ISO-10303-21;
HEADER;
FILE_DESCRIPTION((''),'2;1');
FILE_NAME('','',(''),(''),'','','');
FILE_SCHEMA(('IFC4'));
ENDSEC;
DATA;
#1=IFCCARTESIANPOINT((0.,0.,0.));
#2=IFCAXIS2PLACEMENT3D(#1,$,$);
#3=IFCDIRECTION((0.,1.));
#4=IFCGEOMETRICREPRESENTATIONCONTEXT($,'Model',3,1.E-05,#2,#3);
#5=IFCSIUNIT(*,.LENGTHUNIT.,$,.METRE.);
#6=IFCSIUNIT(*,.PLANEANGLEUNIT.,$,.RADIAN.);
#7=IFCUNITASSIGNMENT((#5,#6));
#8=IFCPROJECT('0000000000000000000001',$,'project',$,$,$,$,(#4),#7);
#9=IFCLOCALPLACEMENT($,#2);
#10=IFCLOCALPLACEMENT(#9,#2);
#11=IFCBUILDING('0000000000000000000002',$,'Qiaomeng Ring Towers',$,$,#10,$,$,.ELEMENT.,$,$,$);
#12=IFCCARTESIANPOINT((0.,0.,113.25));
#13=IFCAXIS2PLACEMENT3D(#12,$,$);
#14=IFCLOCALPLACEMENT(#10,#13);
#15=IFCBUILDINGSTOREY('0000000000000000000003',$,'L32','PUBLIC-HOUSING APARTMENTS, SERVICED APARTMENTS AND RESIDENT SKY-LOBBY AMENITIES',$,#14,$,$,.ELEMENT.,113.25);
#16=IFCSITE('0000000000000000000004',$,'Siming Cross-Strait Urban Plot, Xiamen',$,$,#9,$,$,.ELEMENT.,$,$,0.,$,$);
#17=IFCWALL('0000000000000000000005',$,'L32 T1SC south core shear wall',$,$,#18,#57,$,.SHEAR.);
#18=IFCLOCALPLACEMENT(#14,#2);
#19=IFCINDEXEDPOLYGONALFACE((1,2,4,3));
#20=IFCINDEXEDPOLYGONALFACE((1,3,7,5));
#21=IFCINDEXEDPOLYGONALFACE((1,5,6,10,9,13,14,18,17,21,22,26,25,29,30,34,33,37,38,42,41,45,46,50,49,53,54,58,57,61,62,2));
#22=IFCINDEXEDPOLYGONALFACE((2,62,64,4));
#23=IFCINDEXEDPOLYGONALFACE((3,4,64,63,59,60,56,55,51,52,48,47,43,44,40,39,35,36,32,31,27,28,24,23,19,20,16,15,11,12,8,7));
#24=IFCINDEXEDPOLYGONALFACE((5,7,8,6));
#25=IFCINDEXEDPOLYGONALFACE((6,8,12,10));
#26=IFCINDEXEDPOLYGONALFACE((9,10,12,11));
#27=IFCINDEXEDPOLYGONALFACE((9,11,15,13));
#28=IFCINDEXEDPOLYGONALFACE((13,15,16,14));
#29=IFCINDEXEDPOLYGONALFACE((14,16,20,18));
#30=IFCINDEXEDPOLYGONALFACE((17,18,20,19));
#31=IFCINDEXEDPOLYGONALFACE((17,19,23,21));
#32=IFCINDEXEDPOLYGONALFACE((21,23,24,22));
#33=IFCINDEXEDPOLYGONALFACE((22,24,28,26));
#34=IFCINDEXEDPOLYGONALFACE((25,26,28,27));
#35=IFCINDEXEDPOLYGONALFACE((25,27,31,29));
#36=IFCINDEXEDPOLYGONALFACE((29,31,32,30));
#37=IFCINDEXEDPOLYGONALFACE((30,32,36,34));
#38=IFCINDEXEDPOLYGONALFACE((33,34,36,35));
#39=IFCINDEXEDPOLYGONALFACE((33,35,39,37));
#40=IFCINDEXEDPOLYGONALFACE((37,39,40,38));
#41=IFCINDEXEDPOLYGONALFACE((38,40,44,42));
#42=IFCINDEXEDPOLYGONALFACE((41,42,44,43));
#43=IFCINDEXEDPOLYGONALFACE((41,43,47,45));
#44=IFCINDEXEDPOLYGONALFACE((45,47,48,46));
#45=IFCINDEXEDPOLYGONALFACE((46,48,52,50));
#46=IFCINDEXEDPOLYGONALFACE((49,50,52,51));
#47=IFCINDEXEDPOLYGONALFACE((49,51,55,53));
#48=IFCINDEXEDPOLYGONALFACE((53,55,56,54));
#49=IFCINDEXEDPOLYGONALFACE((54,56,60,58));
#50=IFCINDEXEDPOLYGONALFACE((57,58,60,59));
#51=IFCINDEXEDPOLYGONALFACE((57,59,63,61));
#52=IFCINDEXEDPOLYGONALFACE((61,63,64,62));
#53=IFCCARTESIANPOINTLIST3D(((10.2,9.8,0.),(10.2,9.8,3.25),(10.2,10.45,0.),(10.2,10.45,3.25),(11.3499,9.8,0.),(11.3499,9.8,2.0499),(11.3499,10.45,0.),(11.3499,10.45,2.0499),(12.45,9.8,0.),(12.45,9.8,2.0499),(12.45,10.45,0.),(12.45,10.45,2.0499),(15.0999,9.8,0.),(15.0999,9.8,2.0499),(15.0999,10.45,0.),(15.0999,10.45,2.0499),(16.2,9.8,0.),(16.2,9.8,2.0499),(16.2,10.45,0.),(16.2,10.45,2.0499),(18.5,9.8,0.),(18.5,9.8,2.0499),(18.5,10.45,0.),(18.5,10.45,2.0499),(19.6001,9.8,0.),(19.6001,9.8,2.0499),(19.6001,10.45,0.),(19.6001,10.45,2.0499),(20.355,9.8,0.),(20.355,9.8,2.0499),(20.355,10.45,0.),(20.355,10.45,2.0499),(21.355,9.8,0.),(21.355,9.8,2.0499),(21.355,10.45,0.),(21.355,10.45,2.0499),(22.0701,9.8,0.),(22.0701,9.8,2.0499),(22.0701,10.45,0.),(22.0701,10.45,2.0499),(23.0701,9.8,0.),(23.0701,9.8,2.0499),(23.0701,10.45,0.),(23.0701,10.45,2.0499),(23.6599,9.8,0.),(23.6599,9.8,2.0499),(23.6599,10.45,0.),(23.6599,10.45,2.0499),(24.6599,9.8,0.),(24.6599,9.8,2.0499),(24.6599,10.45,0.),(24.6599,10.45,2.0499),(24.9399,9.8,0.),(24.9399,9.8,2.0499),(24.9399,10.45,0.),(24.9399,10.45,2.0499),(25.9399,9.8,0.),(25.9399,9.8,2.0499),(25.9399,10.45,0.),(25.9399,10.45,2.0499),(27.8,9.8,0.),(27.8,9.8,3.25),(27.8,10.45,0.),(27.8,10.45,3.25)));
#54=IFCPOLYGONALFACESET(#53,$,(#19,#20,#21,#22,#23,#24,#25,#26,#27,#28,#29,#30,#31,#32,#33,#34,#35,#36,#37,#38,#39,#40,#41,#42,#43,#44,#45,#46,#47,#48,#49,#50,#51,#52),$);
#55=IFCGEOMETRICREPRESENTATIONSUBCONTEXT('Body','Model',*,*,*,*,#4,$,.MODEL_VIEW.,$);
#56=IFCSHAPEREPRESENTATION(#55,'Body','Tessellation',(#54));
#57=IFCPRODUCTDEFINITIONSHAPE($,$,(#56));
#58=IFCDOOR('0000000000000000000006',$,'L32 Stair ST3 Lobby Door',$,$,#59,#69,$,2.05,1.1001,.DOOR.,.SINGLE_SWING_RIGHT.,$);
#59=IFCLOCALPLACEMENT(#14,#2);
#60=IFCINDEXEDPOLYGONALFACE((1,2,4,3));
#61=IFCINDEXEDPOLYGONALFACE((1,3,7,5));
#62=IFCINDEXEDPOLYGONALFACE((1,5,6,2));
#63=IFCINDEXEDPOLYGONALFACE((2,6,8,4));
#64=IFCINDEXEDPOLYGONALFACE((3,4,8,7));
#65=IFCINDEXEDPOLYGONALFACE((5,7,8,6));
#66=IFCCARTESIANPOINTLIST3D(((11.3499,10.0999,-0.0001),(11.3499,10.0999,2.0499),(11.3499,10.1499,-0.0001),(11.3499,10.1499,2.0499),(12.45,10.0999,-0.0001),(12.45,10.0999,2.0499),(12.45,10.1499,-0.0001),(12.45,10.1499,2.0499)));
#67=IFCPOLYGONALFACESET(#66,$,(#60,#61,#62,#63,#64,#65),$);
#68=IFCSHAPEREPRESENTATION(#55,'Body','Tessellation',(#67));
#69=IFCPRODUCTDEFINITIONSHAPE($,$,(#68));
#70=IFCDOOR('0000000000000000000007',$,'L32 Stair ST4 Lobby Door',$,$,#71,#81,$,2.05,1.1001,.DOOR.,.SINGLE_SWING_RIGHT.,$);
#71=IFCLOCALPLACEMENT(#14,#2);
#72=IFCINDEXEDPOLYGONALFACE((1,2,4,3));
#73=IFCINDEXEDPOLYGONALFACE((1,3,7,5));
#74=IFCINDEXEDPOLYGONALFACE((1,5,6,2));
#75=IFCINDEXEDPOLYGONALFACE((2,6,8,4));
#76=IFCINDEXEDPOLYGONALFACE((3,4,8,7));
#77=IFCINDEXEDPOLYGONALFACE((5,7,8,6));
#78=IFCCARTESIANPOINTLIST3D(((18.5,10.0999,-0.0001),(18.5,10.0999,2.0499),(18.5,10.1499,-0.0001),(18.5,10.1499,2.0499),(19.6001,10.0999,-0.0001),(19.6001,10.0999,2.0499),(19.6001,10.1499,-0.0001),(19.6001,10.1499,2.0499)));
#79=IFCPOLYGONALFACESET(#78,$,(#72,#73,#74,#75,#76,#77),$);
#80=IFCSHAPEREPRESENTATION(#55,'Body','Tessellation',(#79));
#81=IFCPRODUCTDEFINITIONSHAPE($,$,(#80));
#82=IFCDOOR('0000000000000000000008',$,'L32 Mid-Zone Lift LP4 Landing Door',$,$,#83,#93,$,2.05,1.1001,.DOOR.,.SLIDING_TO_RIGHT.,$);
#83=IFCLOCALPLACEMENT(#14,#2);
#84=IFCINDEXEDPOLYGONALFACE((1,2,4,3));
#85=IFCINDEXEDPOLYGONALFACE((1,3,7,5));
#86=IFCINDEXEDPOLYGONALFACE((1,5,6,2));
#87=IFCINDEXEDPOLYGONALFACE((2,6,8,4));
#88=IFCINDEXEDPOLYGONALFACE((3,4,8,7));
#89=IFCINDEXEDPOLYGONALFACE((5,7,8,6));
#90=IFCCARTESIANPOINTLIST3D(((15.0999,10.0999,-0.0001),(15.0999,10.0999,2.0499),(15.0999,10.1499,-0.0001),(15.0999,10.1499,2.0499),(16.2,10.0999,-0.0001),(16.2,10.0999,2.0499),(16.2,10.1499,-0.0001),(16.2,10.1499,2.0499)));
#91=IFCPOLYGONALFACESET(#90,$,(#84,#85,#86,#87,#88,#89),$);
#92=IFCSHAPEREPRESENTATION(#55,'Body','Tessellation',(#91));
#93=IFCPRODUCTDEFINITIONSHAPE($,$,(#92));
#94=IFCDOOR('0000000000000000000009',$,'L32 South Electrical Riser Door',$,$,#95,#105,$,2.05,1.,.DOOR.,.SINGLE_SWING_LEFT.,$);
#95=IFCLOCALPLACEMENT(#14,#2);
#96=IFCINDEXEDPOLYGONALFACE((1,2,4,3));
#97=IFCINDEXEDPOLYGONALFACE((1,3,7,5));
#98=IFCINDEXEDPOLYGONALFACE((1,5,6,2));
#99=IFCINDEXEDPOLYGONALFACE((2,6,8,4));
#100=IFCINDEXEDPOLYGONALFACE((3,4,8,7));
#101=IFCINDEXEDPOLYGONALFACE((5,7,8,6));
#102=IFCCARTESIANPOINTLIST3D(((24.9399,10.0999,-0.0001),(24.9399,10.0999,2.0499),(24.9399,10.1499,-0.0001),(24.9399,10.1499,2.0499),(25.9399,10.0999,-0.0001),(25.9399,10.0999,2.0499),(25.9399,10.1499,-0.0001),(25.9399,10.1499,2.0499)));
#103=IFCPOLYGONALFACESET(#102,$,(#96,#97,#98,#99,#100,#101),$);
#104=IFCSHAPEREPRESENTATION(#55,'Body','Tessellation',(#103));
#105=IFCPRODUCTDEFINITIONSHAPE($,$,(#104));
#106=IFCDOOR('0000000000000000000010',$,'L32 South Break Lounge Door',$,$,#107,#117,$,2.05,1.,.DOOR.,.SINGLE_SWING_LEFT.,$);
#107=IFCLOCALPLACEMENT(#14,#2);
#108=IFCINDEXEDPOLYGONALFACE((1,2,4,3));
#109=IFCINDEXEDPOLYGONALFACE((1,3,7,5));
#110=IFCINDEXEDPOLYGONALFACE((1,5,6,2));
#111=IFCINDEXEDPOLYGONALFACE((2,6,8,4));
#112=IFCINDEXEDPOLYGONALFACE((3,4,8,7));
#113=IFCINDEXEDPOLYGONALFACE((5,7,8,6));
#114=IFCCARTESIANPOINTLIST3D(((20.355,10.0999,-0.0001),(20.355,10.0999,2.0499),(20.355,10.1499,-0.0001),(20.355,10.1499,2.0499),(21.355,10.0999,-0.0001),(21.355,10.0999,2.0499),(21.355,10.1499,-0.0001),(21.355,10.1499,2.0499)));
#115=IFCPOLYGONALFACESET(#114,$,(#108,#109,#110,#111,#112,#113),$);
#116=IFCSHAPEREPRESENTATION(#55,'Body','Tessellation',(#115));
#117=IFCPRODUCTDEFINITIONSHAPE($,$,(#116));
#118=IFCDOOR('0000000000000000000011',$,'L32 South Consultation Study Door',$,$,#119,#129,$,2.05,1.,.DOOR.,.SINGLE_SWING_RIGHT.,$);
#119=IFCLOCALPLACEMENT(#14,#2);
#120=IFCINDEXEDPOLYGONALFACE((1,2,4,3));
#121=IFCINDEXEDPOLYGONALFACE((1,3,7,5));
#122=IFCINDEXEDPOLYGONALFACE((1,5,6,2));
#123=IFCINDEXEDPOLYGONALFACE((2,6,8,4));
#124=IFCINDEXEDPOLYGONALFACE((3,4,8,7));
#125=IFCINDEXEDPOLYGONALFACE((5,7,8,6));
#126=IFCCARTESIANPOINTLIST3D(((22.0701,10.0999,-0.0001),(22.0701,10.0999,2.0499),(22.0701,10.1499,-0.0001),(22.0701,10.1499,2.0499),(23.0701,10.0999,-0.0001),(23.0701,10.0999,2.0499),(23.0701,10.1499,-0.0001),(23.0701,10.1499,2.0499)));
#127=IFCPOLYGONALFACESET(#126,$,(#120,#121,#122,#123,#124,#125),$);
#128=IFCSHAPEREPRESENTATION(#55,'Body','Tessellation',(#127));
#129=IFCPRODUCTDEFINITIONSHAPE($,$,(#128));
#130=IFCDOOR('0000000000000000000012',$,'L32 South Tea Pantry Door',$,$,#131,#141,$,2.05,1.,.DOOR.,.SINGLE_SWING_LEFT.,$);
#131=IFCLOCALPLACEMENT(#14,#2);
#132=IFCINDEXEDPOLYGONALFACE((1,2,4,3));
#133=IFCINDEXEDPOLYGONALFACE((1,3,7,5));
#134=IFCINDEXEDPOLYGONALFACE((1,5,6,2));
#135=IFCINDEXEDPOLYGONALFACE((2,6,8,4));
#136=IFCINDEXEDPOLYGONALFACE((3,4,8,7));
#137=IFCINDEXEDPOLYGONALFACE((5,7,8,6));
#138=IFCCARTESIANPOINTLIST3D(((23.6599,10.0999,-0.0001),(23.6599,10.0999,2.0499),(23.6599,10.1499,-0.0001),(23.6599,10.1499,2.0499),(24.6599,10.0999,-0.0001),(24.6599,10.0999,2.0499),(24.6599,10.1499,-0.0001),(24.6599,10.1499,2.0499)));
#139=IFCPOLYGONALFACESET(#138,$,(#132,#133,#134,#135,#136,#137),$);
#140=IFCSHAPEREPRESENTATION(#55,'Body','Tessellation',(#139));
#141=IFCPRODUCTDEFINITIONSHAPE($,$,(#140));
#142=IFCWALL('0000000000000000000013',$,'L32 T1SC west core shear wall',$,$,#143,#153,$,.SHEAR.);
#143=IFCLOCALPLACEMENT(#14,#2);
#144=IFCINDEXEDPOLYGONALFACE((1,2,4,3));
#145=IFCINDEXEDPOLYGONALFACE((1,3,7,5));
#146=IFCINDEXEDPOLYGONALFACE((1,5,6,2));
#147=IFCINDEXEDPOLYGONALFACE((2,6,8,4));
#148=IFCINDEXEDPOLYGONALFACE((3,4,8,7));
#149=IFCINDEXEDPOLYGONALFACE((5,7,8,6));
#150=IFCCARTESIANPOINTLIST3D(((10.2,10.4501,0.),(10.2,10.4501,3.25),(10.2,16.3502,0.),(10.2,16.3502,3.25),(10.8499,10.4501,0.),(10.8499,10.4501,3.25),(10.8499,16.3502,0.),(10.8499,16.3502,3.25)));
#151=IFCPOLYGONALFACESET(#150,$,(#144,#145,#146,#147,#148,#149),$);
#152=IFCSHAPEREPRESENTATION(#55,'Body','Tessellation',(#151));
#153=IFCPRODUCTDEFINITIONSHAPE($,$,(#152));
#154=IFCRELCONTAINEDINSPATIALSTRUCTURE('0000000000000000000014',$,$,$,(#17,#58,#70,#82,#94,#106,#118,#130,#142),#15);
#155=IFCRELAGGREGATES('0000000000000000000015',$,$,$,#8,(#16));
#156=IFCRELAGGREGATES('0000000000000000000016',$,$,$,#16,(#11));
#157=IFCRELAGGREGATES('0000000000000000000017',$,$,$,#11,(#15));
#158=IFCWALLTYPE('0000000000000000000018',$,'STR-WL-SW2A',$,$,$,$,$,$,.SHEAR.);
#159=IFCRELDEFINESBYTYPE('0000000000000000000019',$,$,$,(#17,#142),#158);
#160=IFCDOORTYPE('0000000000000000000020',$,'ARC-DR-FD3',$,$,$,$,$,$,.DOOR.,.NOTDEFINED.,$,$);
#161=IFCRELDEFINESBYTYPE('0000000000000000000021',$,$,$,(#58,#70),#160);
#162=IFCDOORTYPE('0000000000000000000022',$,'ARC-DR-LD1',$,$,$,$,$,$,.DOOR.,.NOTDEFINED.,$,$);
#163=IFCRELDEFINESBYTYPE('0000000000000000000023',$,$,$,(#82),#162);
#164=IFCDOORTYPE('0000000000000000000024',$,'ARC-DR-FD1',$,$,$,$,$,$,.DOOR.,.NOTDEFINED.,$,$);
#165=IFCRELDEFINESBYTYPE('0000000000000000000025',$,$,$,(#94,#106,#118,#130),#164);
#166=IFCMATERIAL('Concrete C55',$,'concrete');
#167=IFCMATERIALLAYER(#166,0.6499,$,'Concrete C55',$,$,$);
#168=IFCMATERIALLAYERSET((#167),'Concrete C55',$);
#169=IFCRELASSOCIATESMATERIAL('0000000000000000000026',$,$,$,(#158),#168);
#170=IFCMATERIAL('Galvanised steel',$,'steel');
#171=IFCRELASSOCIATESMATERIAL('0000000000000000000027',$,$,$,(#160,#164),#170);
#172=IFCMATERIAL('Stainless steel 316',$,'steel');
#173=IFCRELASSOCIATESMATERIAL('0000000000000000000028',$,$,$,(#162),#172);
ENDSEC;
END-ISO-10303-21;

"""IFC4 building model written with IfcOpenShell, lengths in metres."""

from ifc_helpers import new_model, si_unit, direction, frame, frame_2d, origin, place, context, subcontext, project, spatial, rectangle, extrude, source, transform, mapped, material, layer, layer_set, type_object, element, fill, save


model = new_model("IFC4")

# Units and contexts
model_context = context("Model", 3, precision=1e-05, world=origin(), true_north=direction((0.0, 1.0)))
body_context = subcontext(model_context, "Body", "Model", "MODEL_VIEW")
ifc_project = project(units=[si_unit("LENGTHUNIT", "METRE"), si_unit("PLANEANGLEUNIT", "RADIAN")], contexts=[model_context])

# Site, building, storey
site_placement = place(None, origin())
site = spatial("IfcSite", under=ifc_project, at=site_placement, Name="Siming Cross-Strait Urban Plot, Xiamen", CompositionType="ELEMENT", RefElevation=0.0)
building_placement = place(site_placement, origin())
building = spatial("IfcBuilding", under=site, at=building_placement, Name="Qiaomeng Ring Towers", CompositionType="ELEMENT")
storey_placement = place(building_placement, frame((0.0, 0.0, 113.25)))
storey = spatial("IfcBuildingStorey", under=building, at=storey_placement, Name="L32", Description="PUBLIC-HOUSING APARTMENTS, SERVICED APARTMENTS AND RESIDENT SKY-LOBBY AMENITIES", CompositionType="ELEMENT", Elevation=113.25)

# Wall, openings, doors
ifc_material_1 = material(Name="Concrete C55", Category="concrete")
ifc_layer_1 = layer(ifc_material_1, 0.6499, Name="Concrete C55")
ifc_layer_set_1 = layer_set([ifc_layer_1], Name="Concrete C55")
wall_type_1 = type_object("IfcWallType", Name="STR-WL-SW2A", PredefinedType="SHEAR", material=ifc_layer_set_1)
wall_1_placement = place(storey_placement, frame((10.2, 10.125, 0.0), z_axis=(0.0, 0.0, 1.0), x_axis=(1.0, 0.0, 0.0)))
wall_1 = element("IfcWall", 1, at=wall_1_placement, inside=storey, type_object=wall_type_1, Name="L32 T1SC south core shear wall", PredefinedType="SHEAR", context=body_context, shape_type="SweptSolid", body=[
    extrude(rectangle(XDim=17.6001, YDim=0.6499, at=frame_2d((8.8, 0.0))), origin(), (0.0, 0.0, 1.0), 3.25),
])
opening_1_placement = place(wall_1_placement, frame((1.1499, 0.0, 0.0)))
opening_1 = element("IfcOpeningElement", 2, at=opening_1_placement, cuts=wall_1, PredefinedType="OPENING", context=body_context, shape_type="SweptSolid", body=[
    extrude(rectangle(XDim=1.1001, YDim=2.05, at=frame_2d((0.55, 1.0249))), frame((0.0, 0.335, 0.0), z_axis=(0.0, -1.0, 0.0), x_axis=(1.0, 0.0, 0.0)), (0.0, 0.0, 1.0), 0.6699),
])
opening_2_placement = place(wall_1_placement, frame((8.3, 0.0, 0.0)))
opening_2 = element("IfcOpeningElement", 3, at=opening_2_placement, cuts=wall_1, PredefinedType="OPENING", context=body_context, shape_type="SweptSolid", body=[
    extrude(rectangle(XDim=1.1001, YDim=2.05, at=frame_2d((0.55, 1.0249))), frame((0.0, 0.335, 0.0), z_axis=(0.0, -1.0, 0.0), x_axis=(1.0, 0.0, 0.0)), (0.0, 0.0, 1.0), 0.6699),
])
opening_3_placement = place(wall_1_placement, frame((4.8999, 0.0, 0.0)))
opening_3 = element("IfcOpeningElement", 4, at=opening_3_placement, cuts=wall_1, PredefinedType="OPENING", context=body_context, shape_type="SweptSolid", body=[
    extrude(rectangle(XDim=1.1001, YDim=2.05, at=frame_2d((0.55, 1.0249))), frame((0.0, 0.335, 0.0), z_axis=(0.0, -1.0, 0.0), x_axis=(1.0, 0.0, 0.0)), (0.0, 0.0, 1.0), 0.6699),
])
opening_4_placement = place(wall_1_placement, frame((14.74, 0.0, 0.0)))
opening_4 = element("IfcOpeningElement", 5, at=opening_4_placement, cuts=wall_1, PredefinedType="OPENING", context=body_context, shape_type="SweptSolid", body=[
    extrude(rectangle(XDim=1.0, YDim=2.05, at=frame_2d((0.5, 1.0249))), frame((0.0, 0.335, 0.0), z_axis=(0.0, -1.0, 0.0), x_axis=(1.0, 0.0, 0.0)), (0.0, 0.0, 1.0), 0.6699),
])
opening_5_placement = place(wall_1_placement, frame((10.155, 0.0, 0.0)))
opening_5 = element("IfcOpeningElement", 6, at=opening_5_placement, cuts=wall_1, PredefinedType="OPENING", context=body_context, shape_type="SweptSolid", body=[
    extrude(rectangle(XDim=1.0, YDim=2.05, at=frame_2d((0.5, 1.0249))), frame((0.0, 0.335, 0.0), z_axis=(0.0, -1.0, 0.0), x_axis=(1.0, 0.0, 0.0)), (0.0, 0.0, 1.0), 0.6699),
])
opening_6_placement = place(wall_1_placement, frame((11.8701, 0.0, 0.0)))
opening_6 = element("IfcOpeningElement", 7, at=opening_6_placement, cuts=wall_1, PredefinedType="OPENING", context=body_context, shape_type="SweptSolid", body=[
    extrude(rectangle(XDim=1.0, YDim=2.05, at=frame_2d((0.5, 1.0249))), frame((0.0, 0.335, 0.0), z_axis=(0.0, -1.0, 0.0), x_axis=(1.0, 0.0, 0.0)), (0.0, 0.0, 1.0), 0.6699),
])
opening_7_placement = place(wall_1_placement, frame((13.46, 0.0, 0.0)))
opening_7 = element("IfcOpeningElement", 8, at=opening_7_placement, cuts=wall_1, PredefinedType="OPENING", context=body_context, shape_type="SweptSolid", body=[
    extrude(rectangle(XDim=1.0, YDim=2.05, at=frame_2d((0.5, 1.0249))), frame((0.0, 0.335, 0.0), z_axis=(0.0, -1.0, 0.0), x_axis=(1.0, 0.0, 0.0)), (0.0, 0.0, 1.0), 0.6699),
])
ifc_material_2 = material(Name="Galvanised steel", Category="steel")
door_type_1 = type_object("IfcDoorType", Name="ARC-DR-FD3", OperationType="NOTDEFINED", PredefinedType="DOOR", material=ifc_material_2)
shared_shape_1 = source(origin(), body_context, "Body", "SweptSolid", [
    extrude(rectangle(XDim=1.1001, YDim=2.05, at=frame_2d((0.55, 1.0249))), frame((0.0, 0.0249, 0.0), z_axis=(0.0, -1.0, 0.0), x_axis=(1.0, 0.0, 0.0)), (0.0, 0.0, 1.0), 0.05),
])
door_1_placement = place(opening_1_placement, origin())
door_1 = element("IfcDoor", 9, at=door_1_placement, inside=storey, type_object=door_type_1, Name="L32 Stair ST3 Lobby Door", OperationType="SINGLE_SWING_RIGHT", OverallHeight=2.05, OverallWidth=1.1001, PredefinedType="DOOR", context=body_context, shape_type="MappedRepresentation", body=[
    mapped(shared_shape_1, transform((0.0, 0.0, 0.0), x_axis=(1.0, 0.0, 0.0), y_axis=(0.0, 1.0, 0.0), z_axis=(0.0, 0.0, 1.0), scale=1.0)),
])
fill(opening_1, door_1)
door_2_placement = place(opening_2_placement, origin())
door_2 = element("IfcDoor", 10, at=door_2_placement, inside=storey, type_object=door_type_1, Name="L32 Stair ST4 Lobby Door", OperationType="SINGLE_SWING_RIGHT", OverallHeight=2.05, OverallWidth=1.1001, PredefinedType="DOOR", context=body_context, shape_type="MappedRepresentation", body=[
    mapped(shared_shape_1, transform((0.0, 0.0, 0.0), x_axis=(1.0, 0.0, 0.0), y_axis=(0.0, 1.0, 0.0), z_axis=(0.0, 0.0, 1.0), scale=1.0)),
])
fill(opening_2, door_2)
ifc_material_3 = material(Name="Stainless steel 316", Category="steel")
door_type_2 = type_object("IfcDoorType", Name="ARC-DR-LD1", OperationType="NOTDEFINED", PredefinedType="DOOR", material=ifc_material_3)
door_3_placement = place(opening_3_placement, origin())
door_3 = element("IfcDoor", 11, at=door_3_placement, inside=storey, type_object=door_type_2, Name="L32 Mid-Zone Lift LP4 Landing Door", OperationType="SLIDING_TO_RIGHT", OverallHeight=2.05, OverallWidth=1.1001, PredefinedType="DOOR", context=body_context, shape_type="MappedRepresentation", body=[
    mapped(shared_shape_1, transform((0.0, 0.0, 0.0), x_axis=(1.0, 0.0, 0.0), y_axis=(0.0, 1.0, 0.0), z_axis=(0.0, 0.0, 1.0), scale=1.0)),
])
fill(opening_3, door_3)
door_type_3 = type_object("IfcDoorType", Name="ARC-DR-FD1", OperationType="NOTDEFINED", PredefinedType="DOOR", material=ifc_material_2)
shared_shape_2 = source(origin(), body_context, "Body", "SweptSolid", [
    extrude(rectangle(XDim=1.0, YDim=2.05, at=frame_2d((0.5, 1.0249))), frame((0.0, 0.0249, 0.0), z_axis=(0.0, -1.0, 0.0), x_axis=(1.0, 0.0, 0.0)), (0.0, 0.0, 1.0), 0.05),
])
door_4_placement = place(opening_4_placement, origin())
door_4 = element("IfcDoor", 12, at=door_4_placement, inside=storey, type_object=door_type_3, Name="L32 South Electrical Riser Door", OperationType="SINGLE_SWING_LEFT", OverallHeight=2.05, OverallWidth=1.0, PredefinedType="DOOR", context=body_context, shape_type="MappedRepresentation", body=[
    mapped(shared_shape_2, transform((0.0, 0.0, 0.0), x_axis=(1.0, 0.0, 0.0), y_axis=(0.0, 1.0, 0.0), z_axis=(0.0, 0.0, 1.0), scale=1.0)),
])
fill(opening_4, door_4)
door_5_placement = place(opening_5_placement, origin())
door_5 = element("IfcDoor", 13, at=door_5_placement, inside=storey, type_object=door_type_3, Name="L32 South Break Lounge Door", OperationType="SINGLE_SWING_LEFT", OverallHeight=2.05, OverallWidth=1.0, PredefinedType="DOOR", context=body_context, shape_type="MappedRepresentation", body=[
    mapped(shared_shape_2, transform((0.0, 0.0, 0.0), x_axis=(1.0, 0.0, 0.0), y_axis=(0.0, 1.0, 0.0), z_axis=(0.0, 0.0, 1.0), scale=1.0)),
])
fill(opening_5, door_5)
door_6_placement = place(opening_6_placement, origin())
door_6 = element("IfcDoor", 14, at=door_6_placement, inside=storey, type_object=door_type_3, Name="L32 South Consultation Study Door", OperationType="SINGLE_SWING_RIGHT", OverallHeight=2.05, OverallWidth=1.0, PredefinedType="DOOR", context=body_context, shape_type="MappedRepresentation", body=[
    mapped(shared_shape_2, transform((0.0, 0.0, 0.0), x_axis=(1.0, 0.0, 0.0), y_axis=(0.0, 1.0, 0.0), z_axis=(0.0, 0.0, 1.0), scale=1.0)),
])
fill(opening_6, door_6)
door_7_placement = place(opening_7_placement, origin())
door_7 = element("IfcDoor", 15, at=door_7_placement, inside=storey, type_object=door_type_3, Name="L32 South Tea Pantry Door", OperationType="SINGLE_SWING_LEFT", OverallHeight=2.05, OverallWidth=1.0, PredefinedType="DOOR", context=body_context, shape_type="MappedRepresentation", body=[
    mapped(shared_shape_2, transform((0.0, 0.0, 0.0), x_axis=(1.0, 0.0, 0.0), y_axis=(0.0, 1.0, 0.0), z_axis=(0.0, 0.0, 1.0), scale=1.0)),
])
fill(opening_7, door_7)

# Wall
wall_2_placement = place(storey_placement, frame((10.5249, 10.45, 0.0), z_axis=(0.0, 0.0, 1.0), x_axis=(0.0, 1.0, 0.0)))
element("IfcWall", 16, at=wall_2_placement, inside=storey, type_object=wall_type_1, Name="L32 T1SC west core shear wall", PredefinedType="SHEAR", context=body_context, shape_type="SweptSolid", body=[
    extrude(rectangle(XDim=5.9001, YDim=0.6499, at=frame_2d((2.9502, 0.0))), origin(), (0.0, 0.0, 1.0), 3.25),
])

save(model, "model.ifc")
